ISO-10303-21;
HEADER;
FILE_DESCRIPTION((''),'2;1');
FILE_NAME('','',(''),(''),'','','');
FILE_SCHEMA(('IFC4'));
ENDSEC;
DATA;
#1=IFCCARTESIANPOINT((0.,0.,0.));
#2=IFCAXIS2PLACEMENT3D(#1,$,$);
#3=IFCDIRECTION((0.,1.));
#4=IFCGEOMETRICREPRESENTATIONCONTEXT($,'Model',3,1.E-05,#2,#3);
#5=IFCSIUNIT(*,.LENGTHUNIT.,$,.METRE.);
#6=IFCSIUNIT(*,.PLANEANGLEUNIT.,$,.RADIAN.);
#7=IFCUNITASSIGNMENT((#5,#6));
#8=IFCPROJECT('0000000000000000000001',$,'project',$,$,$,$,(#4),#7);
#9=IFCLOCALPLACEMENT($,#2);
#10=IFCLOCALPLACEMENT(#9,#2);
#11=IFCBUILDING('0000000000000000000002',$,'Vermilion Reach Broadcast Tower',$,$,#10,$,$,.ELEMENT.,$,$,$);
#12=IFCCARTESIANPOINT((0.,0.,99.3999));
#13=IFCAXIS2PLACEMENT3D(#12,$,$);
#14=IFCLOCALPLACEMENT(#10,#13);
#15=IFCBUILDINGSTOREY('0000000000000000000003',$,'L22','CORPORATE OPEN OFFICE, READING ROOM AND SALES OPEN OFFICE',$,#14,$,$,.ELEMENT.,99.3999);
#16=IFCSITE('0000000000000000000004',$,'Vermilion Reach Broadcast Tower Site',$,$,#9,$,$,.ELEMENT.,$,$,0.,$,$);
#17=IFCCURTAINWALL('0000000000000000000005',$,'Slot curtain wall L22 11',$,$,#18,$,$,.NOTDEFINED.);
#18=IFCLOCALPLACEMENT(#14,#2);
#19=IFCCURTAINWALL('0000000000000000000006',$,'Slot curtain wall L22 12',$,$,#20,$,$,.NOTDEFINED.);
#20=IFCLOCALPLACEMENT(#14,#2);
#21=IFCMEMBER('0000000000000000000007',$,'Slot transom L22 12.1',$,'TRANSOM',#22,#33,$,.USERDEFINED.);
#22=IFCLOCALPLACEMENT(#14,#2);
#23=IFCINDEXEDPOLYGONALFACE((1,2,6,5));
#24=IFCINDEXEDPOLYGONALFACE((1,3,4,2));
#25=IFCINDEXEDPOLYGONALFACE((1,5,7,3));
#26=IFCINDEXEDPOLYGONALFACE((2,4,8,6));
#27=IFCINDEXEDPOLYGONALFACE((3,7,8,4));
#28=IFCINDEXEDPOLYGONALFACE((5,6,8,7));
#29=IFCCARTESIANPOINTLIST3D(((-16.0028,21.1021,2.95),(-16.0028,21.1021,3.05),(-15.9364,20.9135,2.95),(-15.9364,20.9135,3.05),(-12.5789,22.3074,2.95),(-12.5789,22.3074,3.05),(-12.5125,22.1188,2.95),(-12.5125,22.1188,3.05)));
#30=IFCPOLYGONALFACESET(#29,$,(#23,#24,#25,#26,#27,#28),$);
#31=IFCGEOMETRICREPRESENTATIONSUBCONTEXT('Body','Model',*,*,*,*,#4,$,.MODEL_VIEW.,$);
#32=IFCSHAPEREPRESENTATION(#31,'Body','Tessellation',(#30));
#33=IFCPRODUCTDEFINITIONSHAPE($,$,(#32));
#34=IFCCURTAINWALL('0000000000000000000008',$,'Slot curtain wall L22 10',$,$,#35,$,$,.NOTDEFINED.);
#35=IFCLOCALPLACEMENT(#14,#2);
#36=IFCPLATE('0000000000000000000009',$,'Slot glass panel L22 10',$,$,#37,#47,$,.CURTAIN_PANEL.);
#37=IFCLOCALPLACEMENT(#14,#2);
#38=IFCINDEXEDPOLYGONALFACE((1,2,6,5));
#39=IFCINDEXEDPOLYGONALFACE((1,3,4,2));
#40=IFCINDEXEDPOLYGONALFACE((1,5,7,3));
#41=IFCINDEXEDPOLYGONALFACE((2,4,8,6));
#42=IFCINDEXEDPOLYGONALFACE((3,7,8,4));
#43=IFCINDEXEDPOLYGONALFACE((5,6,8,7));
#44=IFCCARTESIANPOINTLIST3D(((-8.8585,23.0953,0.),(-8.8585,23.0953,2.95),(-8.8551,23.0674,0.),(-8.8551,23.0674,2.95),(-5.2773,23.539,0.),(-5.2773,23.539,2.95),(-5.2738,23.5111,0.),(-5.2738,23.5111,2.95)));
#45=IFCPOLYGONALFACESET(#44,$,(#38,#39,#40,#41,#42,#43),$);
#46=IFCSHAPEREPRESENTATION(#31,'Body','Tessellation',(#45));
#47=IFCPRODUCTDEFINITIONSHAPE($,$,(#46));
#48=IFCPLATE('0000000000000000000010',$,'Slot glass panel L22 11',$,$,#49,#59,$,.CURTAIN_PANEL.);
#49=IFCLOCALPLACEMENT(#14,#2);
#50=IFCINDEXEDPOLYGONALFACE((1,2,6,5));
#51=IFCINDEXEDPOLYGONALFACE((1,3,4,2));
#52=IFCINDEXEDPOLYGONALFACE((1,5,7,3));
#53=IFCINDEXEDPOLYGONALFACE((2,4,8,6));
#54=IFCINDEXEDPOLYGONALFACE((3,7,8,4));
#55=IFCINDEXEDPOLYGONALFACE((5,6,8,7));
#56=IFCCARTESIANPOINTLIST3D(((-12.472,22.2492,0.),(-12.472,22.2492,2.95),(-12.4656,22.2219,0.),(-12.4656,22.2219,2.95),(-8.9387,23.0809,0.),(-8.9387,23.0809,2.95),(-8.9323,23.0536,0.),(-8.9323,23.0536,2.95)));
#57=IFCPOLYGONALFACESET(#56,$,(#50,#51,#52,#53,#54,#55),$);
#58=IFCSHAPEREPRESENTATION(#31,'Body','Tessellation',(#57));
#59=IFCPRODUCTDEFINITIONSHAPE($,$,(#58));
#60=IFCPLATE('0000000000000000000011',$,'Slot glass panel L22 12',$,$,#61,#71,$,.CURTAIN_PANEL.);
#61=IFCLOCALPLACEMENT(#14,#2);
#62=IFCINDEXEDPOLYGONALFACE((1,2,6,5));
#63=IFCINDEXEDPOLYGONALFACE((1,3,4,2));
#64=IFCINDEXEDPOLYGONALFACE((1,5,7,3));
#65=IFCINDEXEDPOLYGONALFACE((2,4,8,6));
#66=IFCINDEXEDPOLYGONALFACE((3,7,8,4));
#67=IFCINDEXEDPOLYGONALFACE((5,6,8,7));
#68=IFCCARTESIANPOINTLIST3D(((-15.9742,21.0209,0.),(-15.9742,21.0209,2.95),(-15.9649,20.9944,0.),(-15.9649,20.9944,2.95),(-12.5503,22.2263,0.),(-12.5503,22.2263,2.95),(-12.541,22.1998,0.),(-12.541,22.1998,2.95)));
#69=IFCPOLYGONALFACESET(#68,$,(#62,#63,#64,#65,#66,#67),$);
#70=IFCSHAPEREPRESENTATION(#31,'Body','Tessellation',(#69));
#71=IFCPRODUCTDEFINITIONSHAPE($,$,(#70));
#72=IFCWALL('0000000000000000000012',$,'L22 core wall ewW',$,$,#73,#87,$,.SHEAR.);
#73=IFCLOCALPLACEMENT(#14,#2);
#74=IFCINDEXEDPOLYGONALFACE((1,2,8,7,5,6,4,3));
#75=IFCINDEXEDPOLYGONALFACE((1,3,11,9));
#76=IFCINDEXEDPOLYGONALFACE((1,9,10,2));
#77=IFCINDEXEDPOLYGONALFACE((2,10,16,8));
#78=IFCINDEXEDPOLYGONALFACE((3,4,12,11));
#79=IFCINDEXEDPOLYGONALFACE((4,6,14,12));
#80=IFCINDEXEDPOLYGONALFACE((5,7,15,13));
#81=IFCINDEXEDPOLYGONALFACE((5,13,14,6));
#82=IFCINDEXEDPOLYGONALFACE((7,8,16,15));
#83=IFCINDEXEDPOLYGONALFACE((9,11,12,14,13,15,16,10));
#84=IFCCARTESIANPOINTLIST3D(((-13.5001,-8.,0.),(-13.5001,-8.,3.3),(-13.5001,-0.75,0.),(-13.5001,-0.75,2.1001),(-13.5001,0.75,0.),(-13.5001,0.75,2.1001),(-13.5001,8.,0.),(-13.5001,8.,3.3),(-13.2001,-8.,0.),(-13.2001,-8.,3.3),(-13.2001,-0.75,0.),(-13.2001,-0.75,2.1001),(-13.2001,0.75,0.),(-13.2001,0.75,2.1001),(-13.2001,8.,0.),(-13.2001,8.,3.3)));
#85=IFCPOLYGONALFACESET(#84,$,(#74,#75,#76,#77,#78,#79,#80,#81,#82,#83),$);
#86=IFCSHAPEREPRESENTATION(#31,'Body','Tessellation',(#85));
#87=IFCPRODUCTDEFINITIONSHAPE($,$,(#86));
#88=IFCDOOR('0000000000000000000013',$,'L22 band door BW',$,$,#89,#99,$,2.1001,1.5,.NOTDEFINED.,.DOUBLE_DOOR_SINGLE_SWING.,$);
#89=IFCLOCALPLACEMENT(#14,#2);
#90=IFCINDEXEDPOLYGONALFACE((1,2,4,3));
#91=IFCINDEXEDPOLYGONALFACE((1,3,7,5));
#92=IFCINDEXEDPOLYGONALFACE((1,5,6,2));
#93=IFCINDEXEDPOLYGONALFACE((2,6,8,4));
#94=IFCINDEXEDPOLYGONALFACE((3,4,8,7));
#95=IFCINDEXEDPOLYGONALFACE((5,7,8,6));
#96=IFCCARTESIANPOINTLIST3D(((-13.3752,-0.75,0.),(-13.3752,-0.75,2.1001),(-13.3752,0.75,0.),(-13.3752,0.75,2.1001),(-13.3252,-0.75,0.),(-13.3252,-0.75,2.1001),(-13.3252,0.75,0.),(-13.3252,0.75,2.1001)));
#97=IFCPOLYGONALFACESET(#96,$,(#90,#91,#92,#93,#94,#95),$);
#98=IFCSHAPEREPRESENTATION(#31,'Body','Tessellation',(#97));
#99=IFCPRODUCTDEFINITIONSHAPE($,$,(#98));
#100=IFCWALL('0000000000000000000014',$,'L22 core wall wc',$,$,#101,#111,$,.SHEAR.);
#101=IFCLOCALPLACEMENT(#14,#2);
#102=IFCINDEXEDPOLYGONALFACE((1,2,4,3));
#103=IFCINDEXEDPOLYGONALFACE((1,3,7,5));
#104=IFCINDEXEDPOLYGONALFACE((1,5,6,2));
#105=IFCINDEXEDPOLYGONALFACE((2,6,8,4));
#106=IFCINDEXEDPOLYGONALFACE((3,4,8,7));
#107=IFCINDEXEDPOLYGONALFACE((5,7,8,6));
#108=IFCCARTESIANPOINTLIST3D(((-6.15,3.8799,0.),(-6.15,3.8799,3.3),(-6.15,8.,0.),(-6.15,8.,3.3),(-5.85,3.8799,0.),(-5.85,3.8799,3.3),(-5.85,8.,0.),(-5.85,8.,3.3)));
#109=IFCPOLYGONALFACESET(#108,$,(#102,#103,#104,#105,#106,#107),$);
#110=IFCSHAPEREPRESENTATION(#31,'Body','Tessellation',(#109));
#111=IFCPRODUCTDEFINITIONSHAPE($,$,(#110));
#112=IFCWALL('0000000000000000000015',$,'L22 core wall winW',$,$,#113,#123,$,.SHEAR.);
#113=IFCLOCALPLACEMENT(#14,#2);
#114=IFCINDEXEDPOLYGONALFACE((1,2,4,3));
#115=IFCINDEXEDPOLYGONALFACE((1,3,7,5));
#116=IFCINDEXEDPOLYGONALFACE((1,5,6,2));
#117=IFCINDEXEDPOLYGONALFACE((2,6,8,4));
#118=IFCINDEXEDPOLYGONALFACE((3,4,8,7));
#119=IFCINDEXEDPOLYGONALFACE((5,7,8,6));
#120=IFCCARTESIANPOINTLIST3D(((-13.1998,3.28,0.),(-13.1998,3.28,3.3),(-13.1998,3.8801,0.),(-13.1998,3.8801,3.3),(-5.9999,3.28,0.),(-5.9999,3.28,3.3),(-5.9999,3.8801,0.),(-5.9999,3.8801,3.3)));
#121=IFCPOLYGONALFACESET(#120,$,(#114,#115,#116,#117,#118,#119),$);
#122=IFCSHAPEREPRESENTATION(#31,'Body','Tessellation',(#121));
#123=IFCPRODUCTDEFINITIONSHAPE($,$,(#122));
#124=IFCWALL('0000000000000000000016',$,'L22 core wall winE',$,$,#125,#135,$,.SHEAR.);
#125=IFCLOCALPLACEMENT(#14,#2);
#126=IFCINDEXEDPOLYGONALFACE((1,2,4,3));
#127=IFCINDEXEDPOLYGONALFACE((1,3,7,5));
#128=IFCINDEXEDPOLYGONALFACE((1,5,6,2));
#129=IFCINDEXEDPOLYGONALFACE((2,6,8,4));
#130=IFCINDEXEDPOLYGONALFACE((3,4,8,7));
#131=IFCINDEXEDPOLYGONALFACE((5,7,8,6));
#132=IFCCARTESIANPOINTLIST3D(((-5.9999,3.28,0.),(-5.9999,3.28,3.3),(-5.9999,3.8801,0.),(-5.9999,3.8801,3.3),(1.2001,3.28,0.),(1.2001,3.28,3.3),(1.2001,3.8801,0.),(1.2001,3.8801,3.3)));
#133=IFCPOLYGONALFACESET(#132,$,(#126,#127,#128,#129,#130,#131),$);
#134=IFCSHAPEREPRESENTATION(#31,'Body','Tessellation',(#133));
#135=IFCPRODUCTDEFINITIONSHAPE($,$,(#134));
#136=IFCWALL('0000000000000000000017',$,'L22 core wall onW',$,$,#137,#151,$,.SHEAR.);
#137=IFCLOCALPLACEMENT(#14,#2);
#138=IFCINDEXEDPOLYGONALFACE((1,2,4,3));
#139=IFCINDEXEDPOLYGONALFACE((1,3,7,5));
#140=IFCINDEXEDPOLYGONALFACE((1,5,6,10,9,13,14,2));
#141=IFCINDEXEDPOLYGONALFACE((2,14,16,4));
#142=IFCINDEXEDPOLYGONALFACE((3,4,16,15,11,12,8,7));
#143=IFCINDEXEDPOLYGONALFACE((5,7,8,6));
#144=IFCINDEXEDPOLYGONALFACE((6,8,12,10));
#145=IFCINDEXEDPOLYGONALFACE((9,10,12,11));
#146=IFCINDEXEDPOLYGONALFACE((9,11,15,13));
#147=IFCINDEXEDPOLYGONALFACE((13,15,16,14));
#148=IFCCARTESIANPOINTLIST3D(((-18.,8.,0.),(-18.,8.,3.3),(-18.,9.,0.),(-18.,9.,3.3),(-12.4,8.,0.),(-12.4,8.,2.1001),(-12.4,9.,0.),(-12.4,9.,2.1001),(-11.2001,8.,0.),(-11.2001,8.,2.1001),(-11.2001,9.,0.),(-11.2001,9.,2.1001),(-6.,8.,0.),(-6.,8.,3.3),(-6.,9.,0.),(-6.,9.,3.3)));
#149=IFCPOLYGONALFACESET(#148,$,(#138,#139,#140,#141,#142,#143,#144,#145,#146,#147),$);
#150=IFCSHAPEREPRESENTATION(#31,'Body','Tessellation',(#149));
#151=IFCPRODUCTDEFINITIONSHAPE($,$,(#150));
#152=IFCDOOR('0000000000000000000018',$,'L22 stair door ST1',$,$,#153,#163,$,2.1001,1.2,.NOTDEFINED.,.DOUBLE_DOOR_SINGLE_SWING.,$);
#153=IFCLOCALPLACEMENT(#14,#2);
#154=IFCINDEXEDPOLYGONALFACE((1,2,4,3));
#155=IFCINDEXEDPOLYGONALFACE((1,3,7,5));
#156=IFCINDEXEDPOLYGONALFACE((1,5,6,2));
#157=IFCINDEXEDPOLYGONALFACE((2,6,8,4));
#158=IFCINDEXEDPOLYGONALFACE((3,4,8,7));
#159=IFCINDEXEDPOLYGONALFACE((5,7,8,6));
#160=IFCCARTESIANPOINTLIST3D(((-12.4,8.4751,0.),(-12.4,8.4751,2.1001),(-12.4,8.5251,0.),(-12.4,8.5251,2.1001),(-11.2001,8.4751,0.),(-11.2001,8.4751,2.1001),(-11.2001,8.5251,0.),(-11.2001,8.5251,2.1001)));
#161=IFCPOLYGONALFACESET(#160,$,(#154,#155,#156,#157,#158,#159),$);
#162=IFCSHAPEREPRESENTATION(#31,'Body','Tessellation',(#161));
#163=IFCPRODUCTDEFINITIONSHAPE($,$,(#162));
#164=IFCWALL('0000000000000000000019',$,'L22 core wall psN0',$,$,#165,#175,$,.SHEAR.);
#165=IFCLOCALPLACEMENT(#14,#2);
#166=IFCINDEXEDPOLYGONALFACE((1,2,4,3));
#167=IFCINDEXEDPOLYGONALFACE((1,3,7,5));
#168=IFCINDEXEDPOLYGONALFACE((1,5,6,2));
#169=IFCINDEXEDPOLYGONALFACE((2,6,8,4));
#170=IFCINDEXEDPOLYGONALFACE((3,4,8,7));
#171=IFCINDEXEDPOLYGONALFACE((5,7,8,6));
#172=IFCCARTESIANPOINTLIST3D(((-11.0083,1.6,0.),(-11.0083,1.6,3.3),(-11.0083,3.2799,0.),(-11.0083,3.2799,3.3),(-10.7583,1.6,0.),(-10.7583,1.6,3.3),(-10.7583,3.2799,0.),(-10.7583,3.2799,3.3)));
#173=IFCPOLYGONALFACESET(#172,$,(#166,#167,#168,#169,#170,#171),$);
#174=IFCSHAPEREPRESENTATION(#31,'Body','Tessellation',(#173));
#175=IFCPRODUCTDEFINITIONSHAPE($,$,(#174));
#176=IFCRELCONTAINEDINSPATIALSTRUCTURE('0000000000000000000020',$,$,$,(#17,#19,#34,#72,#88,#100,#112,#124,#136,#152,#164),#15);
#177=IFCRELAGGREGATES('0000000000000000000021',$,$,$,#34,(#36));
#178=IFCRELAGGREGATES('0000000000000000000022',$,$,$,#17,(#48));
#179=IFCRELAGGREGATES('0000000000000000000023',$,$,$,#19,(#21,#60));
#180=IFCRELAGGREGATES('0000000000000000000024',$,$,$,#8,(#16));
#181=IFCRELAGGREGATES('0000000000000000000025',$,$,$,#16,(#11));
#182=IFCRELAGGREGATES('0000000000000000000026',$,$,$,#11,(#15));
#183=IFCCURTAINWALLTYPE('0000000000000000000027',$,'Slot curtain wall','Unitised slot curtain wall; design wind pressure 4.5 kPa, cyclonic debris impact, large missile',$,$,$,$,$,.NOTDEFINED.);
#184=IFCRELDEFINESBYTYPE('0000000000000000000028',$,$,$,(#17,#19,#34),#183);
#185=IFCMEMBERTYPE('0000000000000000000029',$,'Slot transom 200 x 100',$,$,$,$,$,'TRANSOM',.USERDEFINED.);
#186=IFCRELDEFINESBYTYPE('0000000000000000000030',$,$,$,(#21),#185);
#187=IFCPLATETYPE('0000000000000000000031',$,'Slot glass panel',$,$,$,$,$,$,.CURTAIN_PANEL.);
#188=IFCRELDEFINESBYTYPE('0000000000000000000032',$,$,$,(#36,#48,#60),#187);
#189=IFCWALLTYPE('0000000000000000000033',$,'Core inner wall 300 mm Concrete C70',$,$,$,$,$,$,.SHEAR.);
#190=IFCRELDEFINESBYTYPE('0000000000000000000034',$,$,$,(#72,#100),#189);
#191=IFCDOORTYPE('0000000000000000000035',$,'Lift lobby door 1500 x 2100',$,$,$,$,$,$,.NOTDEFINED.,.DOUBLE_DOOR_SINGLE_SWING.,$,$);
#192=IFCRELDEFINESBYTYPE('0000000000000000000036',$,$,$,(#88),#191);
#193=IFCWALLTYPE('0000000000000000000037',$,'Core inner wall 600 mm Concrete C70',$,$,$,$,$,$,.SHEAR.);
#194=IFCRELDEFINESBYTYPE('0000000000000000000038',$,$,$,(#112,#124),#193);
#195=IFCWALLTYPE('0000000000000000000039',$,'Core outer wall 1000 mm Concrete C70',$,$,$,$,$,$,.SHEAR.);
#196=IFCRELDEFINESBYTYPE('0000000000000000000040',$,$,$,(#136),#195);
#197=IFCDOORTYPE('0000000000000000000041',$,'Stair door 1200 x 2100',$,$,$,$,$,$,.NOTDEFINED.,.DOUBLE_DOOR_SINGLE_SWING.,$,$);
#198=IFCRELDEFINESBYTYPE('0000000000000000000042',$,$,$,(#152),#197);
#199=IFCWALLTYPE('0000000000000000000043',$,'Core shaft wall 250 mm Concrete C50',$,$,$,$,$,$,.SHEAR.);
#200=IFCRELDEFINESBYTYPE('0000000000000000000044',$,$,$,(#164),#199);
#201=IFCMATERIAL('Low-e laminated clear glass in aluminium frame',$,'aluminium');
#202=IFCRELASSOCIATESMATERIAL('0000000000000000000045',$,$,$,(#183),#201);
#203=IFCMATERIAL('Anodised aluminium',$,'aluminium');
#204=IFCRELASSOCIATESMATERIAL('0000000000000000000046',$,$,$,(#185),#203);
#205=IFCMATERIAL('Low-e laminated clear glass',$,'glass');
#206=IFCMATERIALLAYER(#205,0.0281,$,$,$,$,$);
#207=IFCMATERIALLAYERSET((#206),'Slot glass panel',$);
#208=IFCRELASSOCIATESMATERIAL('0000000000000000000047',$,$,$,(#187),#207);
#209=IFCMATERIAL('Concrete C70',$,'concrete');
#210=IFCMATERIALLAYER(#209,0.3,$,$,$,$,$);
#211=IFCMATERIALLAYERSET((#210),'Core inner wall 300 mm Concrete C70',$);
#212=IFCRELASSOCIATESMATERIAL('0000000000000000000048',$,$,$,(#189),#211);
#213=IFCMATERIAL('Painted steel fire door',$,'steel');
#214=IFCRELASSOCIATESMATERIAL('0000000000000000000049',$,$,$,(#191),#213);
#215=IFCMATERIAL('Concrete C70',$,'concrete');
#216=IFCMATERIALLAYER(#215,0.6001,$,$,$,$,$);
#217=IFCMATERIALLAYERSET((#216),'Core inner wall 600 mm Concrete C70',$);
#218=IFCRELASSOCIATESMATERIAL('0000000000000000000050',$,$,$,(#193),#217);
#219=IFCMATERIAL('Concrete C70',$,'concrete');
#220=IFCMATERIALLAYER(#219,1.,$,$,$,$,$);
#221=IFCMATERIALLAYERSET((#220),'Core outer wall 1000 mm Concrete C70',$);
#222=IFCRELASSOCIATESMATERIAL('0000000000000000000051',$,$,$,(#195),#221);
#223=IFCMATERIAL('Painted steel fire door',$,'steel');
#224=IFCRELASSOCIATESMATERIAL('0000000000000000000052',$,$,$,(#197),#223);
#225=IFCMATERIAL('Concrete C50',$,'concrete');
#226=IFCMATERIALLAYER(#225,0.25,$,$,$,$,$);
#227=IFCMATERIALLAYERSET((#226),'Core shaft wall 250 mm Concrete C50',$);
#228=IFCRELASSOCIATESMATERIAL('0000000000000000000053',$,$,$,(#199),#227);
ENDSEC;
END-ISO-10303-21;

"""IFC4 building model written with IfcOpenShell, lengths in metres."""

from ifc_helpers import new_model, si_unit, direction, frame, frame_2d, origin, origin_2d, place, context, subcontext, project, spatial, rectangle, extrude, material, layer, layer_set, material_profile, profile_set, type_object, element, fill, aggregate, save


model = new_model("IFC4")

# Units and contexts
model_context = context("Model", 3, precision=1e-05, world=origin(), true_north=direction((0.0, 1.0)))
body_context = subcontext(model_context, "Body", "Model", "MODEL_VIEW")
ifc_project = project(units=[si_unit("LENGTHUNIT", "METRE"), si_unit("PLANEANGLEUNIT", "RADIAN")], contexts=[model_context])

# Site, building, storey
site_placement = place(None, origin())
site = spatial("IfcSite", under=ifc_project, at=site_placement, Name="Vermilion Reach Broadcast Tower Site", CompositionType="ELEMENT", RefElevation=0.0)
building_placement = place(site_placement, origin())
building = spatial("IfcBuilding", under=site, at=building_placement, Name="Vermilion Reach Broadcast Tower", CompositionType="ELEMENT")
storey_placement = place(building_placement, frame((0.0, 0.0, 99.3999)))
storey = spatial("IfcBuildingStorey", under=building, at=storey_placement, Name="L22", Description="CORPORATE OPEN OFFICE, READING ROOM AND SALES OPEN OFFICE", CompositionType="ELEMENT", Elevation=99.3999)

# Curtain walls
ifc_material_1 = material(Name="Low-e laminated clear glass in aluminium frame", Category="aluminium")
curtain_wall_type = type_object("IfcCurtainWallType", Name="Slot curtain wall", Description="Unitised slot curtain wall; design wind pressure 4.5 kPa, cyclonic debris impact, large missile", PredefinedType="NOTDEFINED", material=ifc_material_1)
placement = place(storey_placement, origin())
curtain_wall_1 = element("IfcCurtainWall", 1, at=placement, inside=storey, type_object=curtain_wall_type, Name="Slot curtain wall L22 11", PredefinedType="NOTDEFINED")
curtain_wall_2 = element("IfcCurtainWall", 2, at=placement, inside=storey, type_object=curtain_wall_type, Name="Slot curtain wall L22 12", PredefinedType="NOTDEFINED")

# Member
ifc_material_2 = material(Name="Anodised aluminium", Category="aluminium")
ifc_material_profile_1 = material_profile(ifc_material_2, rectangle(XDim=0.2, YDim=0.1001, at=origin_2d()), Name="Slot transom 200 x 100")
ifc_profile_set_1 = profile_set([ifc_material_profile_1], Name="Anodised aluminium")
member_type_1 = type_object("IfcMemberType", Name="Slot transom 200 x 100", ElementType="TRANSOM", PredefinedType="USERDEFINED", material=ifc_profile_set_1)
member_1_placement = place(storey_placement, frame((-12.5457, 22.2131, 3.0), z_axis=(-0.943257, -0.332064, 0.0), x_axis=(0.332064, -0.943257, 0.0)))
member_1 = element("IfcMember", 3, at=member_1_placement, type_object=member_type_1, Name="Slot transom L22 12.1", ObjectType="TRANSOM", PredefinedType="USERDEFINED", context=body_context, shape_type="SweptSolid", body=[
    extrude(rectangle(XDim=0.2, YDim=0.1001, at=origin_2d()), origin(), (0.0, 0.0, 1.0), 3.6299),
])

# Curtain wall, plate
curtain_wall_3 = element("IfcCurtainWall", 4, at=placement, inside=storey, type_object=curtain_wall_type, Name="Slot curtain wall L22 10", PredefinedType="NOTDEFINED")
ifc_material_3 = material(Name="Low-e laminated clear glass", Category="glass")
ifc_layer_1 = layer(ifc_material_3, 0.0281)
ifc_layer_set_1 = layer_set([ifc_layer_1], Name="Slot glass panel")
plate_type = type_object("IfcPlateType", Name="Slot glass panel", PredefinedType="CURTAIN_PANEL", material=ifc_layer_set_1)
plate_1_placement = place(storey_placement, frame((-7.0662, 23.3032, 0.0), z_axis=(0.0, 0.0, 1.0), x_axis=(-0.992413, -0.122951, 0.0)))
plate_1 = element("IfcPlate", 5, at=plate_1_placement, type_object=plate_type, Name="Slot glass panel L22 10", PredefinedType="CURTAIN_PANEL", context=body_context, shape_type="SweptSolid", body=[
    extrude(rectangle(XDim=3.6086, YDim=0.0281, at=origin_2d()), origin(), (0.0, 0.0, 1.0), 2.95),
])
aggregate(curtain_wall_3, [plate_1])

# Plates
plate_2_placement = place(storey_placement, frame((-10.7021, 22.6514, 0.0), z_axis=(0.0, 0.0, 1.0), x_axis=(-0.973397, -0.229127, 0.0)))
plate_2 = element("IfcPlate", 6, at=plate_2_placement, type_object=plate_type, Name="Slot glass panel L22 11", PredefinedType="CURTAIN_PANEL", context=body_context, shape_type="SweptSolid", body=[
    extrude(rectangle(XDim=3.6299, YDim=0.0281, at=origin_2d()), origin(), (0.0, 0.0, 1.0), 2.95),
])
aggregate(curtain_wall_1, [plate_2])
plate_3_placement = place(storey_placement, frame((-14.2576, 21.6104, 0.0), z_axis=(0.0, 0.0, 1.0), x_axis=(-0.943256, -0.332068, 0.0)))
plate_3 = element("IfcPlate", 7, at=plate_3_placement, type_object=plate_type, Name="Slot glass panel L22 12", PredefinedType="CURTAIN_PANEL", context=body_context, shape_type="SweptSolid", body=[
    extrude(rectangle(XDim=3.6299, YDim=0.0281, at=origin_2d()), origin(), (0.0, 0.0, 1.0), 2.95),
])
aggregate(curtain_wall_2, [member_1, plate_3])

# Wall, opening, door
ifc_material_4 = material(Name="Concrete C70", Category="concrete")
ifc_layer_2 = layer(ifc_material_4, 0.3)
ifc_layer_set_2 = layer_set([ifc_layer_2], Name="Core inner wall 300 mm Concrete C70")
wall_type_1 = type_object("IfcWallType", Name="Core inner wall 300 mm Concrete C70", PredefinedType="SHEAR", material=ifc_layer_set_2)
wall_1_placement = place(storey_placement, frame((-13.3501, 8.0, 0.0), z_axis=(0.0, 0.0, 1.0), x_axis=(0.0, -1.0, 0.0)))
wall_1 = element("IfcWall", 8, at=wall_1_placement, inside=storey, type_object=wall_type_1, Name="L22 core wall ewW", PredefinedType="SHEAR", context=body_context, shape_type="SweptSolid", body=[
    extrude(rectangle(XDim=16.0, YDim=0.3, at=frame_2d((8.0, 0.0))), origin(), (0.0, 0.0, 1.0), 3.3),
])
opening_1_placement = place(wall_1_placement, frame((7.25, 0.0, 0.0)))
opening_1 = element("IfcOpeningElement", 9, at=opening_1_placement, cuts=wall_1, PredefinedType="OPENING", context=body_context, shape_type="SweptSolid", body=[
    extrude(rectangle(XDim=1.5, YDim=2.1001, at=frame_2d((0.75, 1.05))), frame((0.0, 0.1599, 0.0), z_axis=(0.0, -1.0, 0.0), x_axis=(1.0, 0.0, 0.0)), (0.0, 0.0, 1.0), 0.3201),
])
ifc_material_5 = material(Name="Painted steel fire door", Category="steel")
door_type_1 = type_object("IfcDoorType", Name="Lift lobby door 1500 x 2100", OperationType="DOUBLE_DOOR_SINGLE_SWING", PredefinedType="NOTDEFINED", material=ifc_material_5)
door_1_placement = place(opening_1_placement, origin())
door_1 = element("IfcDoor", 10, at=door_1_placement, inside=storey, type_object=door_type_1, Name="L22 band door BW", OperationType="DOUBLE_DOOR_SINGLE_SWING", OverallHeight=2.1001, OverallWidth=1.5, PredefinedType="NOTDEFINED", context=body_context, shape_type="SweptSolid", body=[
    extrude(rectangle(XDim=1.5, YDim=2.1001, at=frame_2d((0.75, 1.05))), frame((0.0, 0.0249, 0.0), z_axis=(0.0, -1.0, 0.0), x_axis=(1.0, 0.0, 0.0)), (0.0, 0.0, 1.0), 0.05),
])
fill(opening_1, door_1)

# Walls
wall_2_placement = place(storey_placement, frame((-6.0, 3.8799, 0.0), z_axis=(0.0, 0.0, 1.0), x_axis=(0.0, 1.0, 0.0)))
element("IfcWall", 11, at=wall_2_placement, inside=storey, type_object=wall_type_1, Name="L22 core wall wc", PredefinedType="SHEAR", context=body_context, shape_type="SweptSolid", body=[
    extrude(rectangle(XDim=4.1201, YDim=0.3, at=frame_2d((2.0601, 0.0))), origin(), (0.0, 0.0, 1.0), 3.3),
])
ifc_material_6 = material(Name="Concrete C70", Category="concrete")
ifc_layer_3 = layer(ifc_material_6, 0.6001)
ifc_layer_set_3 = layer_set([ifc_layer_3], Name="Core inner wall 600 mm Concrete C70")
wall_type_2 = type_object("IfcWallType", Name="Core inner wall 600 mm Concrete C70", PredefinedType="SHEAR", material=ifc_layer_set_3)
for number, where, z_axis, x_axis, name in (
    (12, (-13.2, 3.5801, 0.0), (0.0, 0.0, 1.0), (1.0, 0.0, 0.0), "L22 core wall winW"),
    (13, (-6.0, 3.5801, 0.0), (0.0, 0.0, 1.0), (1.0, 0.0, 0.0), "L22 core wall winE"),
):
    element("IfcWall", number, at=place(storey_placement, frame(where, z_axis=z_axis, x_axis=x_axis)), inside=storey, type_object=wall_type_2, Name=name, PredefinedType="SHEAR", context=body_context, shape_type="SweptSolid", body=[
        extrude(rectangle(XDim=7.2, YDim=0.6001, at=frame_2d((3.6001, 0.0))), origin(), (0.0, 0.0, 1.0), 3.3),
    ])

# Wall, opening, door
ifc_material_7 = material(Name="Concrete C70", Category="concrete")
ifc_layer_4 = layer(ifc_material_7, 1.0)
ifc_layer_set_4 = layer_set([ifc_layer_4], Name="Core outer wall 1000 mm Concrete C70")
wall_type_3 = type_object("IfcWallType", Name="Core outer wall 1000 mm Concrete C70", PredefinedType="SHEAR", material=ifc_layer_set_4)
wall_3_placement = place(storey_placement, frame((-6.0, 8.5, 0.0), z_axis=(0.0, 0.0, 1.0), x_axis=(-1.0, 0.0, 0.0)))
wall_3 = element("IfcWall", 14, at=wall_3_placement, inside=storey, type_object=wall_type_3, Name="L22 core wall onW", PredefinedType="SHEAR", context=body_context, shape_type="SweptSolid", body=[
    extrude(rectangle(XDim=12.0, YDim=1.0, at=frame_2d((6.0, 0.0))), origin(), (0.0, 0.0, 1.0), 3.3),
])
opening_2_placement = place(wall_3_placement, frame((5.2, 0.0, 0.0)))
opening_2 = element("IfcOpeningElement", 15, at=opening_2_placement, cuts=wall_3, PredefinedType="OPENING", context=body_context, shape_type="SweptSolid", body=[
    extrude(rectangle(XDim=1.2, YDim=2.1001, at=frame_2d((0.6001, 1.05))), frame((0.0, 0.51, 0.0), z_axis=(0.0, -1.0, 0.0), x_axis=(1.0, 0.0, 0.0)), (0.0, 0.0, 1.0), 1.02),
])
ifc_material_8 = material(Name="Painted steel fire door", Category="steel")
door_type_2 = type_object("IfcDoorType", Name="Stair door 1200 x 2100", OperationType="DOUBLE_DOOR_SINGLE_SWING", PredefinedType="NOTDEFINED", material=ifc_material_8)
door_2_placement = place(opening_2_placement, origin())
door_2 = element("IfcDoor", 16, at=door_2_placement, inside=storey, type_object=door_type_2, Name="L22 stair door ST1", OperationType="DOUBLE_DOOR_SINGLE_SWING", OverallHeight=2.1001, OverallWidth=1.2, PredefinedType="NOTDEFINED", context=body_context, shape_type="SweptSolid", body=[
    extrude(rectangle(XDim=1.2, YDim=2.1001, at=frame_2d((0.6001, 1.05))), frame((0.0, 0.0249, 0.0), z_axis=(0.0, -1.0, 0.0), x_axis=(1.0, 0.0, 0.0)), (0.0, 0.0, 1.0), 0.05),
])
fill(opening_2, door_2)

# Wall
ifc_material_9 = material(Name="Concrete C50", Category="concrete")
ifc_layer_5 = layer(ifc_material_9, 0.25)
ifc_layer_set_5 = layer_set([ifc_layer_5], Name="Core shaft wall 250 mm Concrete C50")
wall_type_4 = type_object("IfcWallType", Name="Core shaft wall 250 mm Concrete C50", PredefinedType="SHEAR", material=ifc_layer_set_5)
for number, where, z_axis, x_axis, name in (
    (17, (-10.8833, 1.6001, 0.0), (0.0, 0.0, 1.0), (0.0, 1.0, 0.0), "L22 core wall psN0"),
):
    element("IfcWall", number, at=place(storey_placement, frame(where, z_axis=z_axis, x_axis=x_axis)), inside=storey, type_object=wall_type_4, Name=name, PredefinedType="SHEAR", context=body_context, shape_type="SweptSolid", body=[
        extrude(rectangle(XDim=1.6799, YDim=0.25, at=frame_2d((0.8398, 0.0))), origin(), (0.0, 0.0, 1.0), 3.3),
    ])

save(model, "model.ifc")
